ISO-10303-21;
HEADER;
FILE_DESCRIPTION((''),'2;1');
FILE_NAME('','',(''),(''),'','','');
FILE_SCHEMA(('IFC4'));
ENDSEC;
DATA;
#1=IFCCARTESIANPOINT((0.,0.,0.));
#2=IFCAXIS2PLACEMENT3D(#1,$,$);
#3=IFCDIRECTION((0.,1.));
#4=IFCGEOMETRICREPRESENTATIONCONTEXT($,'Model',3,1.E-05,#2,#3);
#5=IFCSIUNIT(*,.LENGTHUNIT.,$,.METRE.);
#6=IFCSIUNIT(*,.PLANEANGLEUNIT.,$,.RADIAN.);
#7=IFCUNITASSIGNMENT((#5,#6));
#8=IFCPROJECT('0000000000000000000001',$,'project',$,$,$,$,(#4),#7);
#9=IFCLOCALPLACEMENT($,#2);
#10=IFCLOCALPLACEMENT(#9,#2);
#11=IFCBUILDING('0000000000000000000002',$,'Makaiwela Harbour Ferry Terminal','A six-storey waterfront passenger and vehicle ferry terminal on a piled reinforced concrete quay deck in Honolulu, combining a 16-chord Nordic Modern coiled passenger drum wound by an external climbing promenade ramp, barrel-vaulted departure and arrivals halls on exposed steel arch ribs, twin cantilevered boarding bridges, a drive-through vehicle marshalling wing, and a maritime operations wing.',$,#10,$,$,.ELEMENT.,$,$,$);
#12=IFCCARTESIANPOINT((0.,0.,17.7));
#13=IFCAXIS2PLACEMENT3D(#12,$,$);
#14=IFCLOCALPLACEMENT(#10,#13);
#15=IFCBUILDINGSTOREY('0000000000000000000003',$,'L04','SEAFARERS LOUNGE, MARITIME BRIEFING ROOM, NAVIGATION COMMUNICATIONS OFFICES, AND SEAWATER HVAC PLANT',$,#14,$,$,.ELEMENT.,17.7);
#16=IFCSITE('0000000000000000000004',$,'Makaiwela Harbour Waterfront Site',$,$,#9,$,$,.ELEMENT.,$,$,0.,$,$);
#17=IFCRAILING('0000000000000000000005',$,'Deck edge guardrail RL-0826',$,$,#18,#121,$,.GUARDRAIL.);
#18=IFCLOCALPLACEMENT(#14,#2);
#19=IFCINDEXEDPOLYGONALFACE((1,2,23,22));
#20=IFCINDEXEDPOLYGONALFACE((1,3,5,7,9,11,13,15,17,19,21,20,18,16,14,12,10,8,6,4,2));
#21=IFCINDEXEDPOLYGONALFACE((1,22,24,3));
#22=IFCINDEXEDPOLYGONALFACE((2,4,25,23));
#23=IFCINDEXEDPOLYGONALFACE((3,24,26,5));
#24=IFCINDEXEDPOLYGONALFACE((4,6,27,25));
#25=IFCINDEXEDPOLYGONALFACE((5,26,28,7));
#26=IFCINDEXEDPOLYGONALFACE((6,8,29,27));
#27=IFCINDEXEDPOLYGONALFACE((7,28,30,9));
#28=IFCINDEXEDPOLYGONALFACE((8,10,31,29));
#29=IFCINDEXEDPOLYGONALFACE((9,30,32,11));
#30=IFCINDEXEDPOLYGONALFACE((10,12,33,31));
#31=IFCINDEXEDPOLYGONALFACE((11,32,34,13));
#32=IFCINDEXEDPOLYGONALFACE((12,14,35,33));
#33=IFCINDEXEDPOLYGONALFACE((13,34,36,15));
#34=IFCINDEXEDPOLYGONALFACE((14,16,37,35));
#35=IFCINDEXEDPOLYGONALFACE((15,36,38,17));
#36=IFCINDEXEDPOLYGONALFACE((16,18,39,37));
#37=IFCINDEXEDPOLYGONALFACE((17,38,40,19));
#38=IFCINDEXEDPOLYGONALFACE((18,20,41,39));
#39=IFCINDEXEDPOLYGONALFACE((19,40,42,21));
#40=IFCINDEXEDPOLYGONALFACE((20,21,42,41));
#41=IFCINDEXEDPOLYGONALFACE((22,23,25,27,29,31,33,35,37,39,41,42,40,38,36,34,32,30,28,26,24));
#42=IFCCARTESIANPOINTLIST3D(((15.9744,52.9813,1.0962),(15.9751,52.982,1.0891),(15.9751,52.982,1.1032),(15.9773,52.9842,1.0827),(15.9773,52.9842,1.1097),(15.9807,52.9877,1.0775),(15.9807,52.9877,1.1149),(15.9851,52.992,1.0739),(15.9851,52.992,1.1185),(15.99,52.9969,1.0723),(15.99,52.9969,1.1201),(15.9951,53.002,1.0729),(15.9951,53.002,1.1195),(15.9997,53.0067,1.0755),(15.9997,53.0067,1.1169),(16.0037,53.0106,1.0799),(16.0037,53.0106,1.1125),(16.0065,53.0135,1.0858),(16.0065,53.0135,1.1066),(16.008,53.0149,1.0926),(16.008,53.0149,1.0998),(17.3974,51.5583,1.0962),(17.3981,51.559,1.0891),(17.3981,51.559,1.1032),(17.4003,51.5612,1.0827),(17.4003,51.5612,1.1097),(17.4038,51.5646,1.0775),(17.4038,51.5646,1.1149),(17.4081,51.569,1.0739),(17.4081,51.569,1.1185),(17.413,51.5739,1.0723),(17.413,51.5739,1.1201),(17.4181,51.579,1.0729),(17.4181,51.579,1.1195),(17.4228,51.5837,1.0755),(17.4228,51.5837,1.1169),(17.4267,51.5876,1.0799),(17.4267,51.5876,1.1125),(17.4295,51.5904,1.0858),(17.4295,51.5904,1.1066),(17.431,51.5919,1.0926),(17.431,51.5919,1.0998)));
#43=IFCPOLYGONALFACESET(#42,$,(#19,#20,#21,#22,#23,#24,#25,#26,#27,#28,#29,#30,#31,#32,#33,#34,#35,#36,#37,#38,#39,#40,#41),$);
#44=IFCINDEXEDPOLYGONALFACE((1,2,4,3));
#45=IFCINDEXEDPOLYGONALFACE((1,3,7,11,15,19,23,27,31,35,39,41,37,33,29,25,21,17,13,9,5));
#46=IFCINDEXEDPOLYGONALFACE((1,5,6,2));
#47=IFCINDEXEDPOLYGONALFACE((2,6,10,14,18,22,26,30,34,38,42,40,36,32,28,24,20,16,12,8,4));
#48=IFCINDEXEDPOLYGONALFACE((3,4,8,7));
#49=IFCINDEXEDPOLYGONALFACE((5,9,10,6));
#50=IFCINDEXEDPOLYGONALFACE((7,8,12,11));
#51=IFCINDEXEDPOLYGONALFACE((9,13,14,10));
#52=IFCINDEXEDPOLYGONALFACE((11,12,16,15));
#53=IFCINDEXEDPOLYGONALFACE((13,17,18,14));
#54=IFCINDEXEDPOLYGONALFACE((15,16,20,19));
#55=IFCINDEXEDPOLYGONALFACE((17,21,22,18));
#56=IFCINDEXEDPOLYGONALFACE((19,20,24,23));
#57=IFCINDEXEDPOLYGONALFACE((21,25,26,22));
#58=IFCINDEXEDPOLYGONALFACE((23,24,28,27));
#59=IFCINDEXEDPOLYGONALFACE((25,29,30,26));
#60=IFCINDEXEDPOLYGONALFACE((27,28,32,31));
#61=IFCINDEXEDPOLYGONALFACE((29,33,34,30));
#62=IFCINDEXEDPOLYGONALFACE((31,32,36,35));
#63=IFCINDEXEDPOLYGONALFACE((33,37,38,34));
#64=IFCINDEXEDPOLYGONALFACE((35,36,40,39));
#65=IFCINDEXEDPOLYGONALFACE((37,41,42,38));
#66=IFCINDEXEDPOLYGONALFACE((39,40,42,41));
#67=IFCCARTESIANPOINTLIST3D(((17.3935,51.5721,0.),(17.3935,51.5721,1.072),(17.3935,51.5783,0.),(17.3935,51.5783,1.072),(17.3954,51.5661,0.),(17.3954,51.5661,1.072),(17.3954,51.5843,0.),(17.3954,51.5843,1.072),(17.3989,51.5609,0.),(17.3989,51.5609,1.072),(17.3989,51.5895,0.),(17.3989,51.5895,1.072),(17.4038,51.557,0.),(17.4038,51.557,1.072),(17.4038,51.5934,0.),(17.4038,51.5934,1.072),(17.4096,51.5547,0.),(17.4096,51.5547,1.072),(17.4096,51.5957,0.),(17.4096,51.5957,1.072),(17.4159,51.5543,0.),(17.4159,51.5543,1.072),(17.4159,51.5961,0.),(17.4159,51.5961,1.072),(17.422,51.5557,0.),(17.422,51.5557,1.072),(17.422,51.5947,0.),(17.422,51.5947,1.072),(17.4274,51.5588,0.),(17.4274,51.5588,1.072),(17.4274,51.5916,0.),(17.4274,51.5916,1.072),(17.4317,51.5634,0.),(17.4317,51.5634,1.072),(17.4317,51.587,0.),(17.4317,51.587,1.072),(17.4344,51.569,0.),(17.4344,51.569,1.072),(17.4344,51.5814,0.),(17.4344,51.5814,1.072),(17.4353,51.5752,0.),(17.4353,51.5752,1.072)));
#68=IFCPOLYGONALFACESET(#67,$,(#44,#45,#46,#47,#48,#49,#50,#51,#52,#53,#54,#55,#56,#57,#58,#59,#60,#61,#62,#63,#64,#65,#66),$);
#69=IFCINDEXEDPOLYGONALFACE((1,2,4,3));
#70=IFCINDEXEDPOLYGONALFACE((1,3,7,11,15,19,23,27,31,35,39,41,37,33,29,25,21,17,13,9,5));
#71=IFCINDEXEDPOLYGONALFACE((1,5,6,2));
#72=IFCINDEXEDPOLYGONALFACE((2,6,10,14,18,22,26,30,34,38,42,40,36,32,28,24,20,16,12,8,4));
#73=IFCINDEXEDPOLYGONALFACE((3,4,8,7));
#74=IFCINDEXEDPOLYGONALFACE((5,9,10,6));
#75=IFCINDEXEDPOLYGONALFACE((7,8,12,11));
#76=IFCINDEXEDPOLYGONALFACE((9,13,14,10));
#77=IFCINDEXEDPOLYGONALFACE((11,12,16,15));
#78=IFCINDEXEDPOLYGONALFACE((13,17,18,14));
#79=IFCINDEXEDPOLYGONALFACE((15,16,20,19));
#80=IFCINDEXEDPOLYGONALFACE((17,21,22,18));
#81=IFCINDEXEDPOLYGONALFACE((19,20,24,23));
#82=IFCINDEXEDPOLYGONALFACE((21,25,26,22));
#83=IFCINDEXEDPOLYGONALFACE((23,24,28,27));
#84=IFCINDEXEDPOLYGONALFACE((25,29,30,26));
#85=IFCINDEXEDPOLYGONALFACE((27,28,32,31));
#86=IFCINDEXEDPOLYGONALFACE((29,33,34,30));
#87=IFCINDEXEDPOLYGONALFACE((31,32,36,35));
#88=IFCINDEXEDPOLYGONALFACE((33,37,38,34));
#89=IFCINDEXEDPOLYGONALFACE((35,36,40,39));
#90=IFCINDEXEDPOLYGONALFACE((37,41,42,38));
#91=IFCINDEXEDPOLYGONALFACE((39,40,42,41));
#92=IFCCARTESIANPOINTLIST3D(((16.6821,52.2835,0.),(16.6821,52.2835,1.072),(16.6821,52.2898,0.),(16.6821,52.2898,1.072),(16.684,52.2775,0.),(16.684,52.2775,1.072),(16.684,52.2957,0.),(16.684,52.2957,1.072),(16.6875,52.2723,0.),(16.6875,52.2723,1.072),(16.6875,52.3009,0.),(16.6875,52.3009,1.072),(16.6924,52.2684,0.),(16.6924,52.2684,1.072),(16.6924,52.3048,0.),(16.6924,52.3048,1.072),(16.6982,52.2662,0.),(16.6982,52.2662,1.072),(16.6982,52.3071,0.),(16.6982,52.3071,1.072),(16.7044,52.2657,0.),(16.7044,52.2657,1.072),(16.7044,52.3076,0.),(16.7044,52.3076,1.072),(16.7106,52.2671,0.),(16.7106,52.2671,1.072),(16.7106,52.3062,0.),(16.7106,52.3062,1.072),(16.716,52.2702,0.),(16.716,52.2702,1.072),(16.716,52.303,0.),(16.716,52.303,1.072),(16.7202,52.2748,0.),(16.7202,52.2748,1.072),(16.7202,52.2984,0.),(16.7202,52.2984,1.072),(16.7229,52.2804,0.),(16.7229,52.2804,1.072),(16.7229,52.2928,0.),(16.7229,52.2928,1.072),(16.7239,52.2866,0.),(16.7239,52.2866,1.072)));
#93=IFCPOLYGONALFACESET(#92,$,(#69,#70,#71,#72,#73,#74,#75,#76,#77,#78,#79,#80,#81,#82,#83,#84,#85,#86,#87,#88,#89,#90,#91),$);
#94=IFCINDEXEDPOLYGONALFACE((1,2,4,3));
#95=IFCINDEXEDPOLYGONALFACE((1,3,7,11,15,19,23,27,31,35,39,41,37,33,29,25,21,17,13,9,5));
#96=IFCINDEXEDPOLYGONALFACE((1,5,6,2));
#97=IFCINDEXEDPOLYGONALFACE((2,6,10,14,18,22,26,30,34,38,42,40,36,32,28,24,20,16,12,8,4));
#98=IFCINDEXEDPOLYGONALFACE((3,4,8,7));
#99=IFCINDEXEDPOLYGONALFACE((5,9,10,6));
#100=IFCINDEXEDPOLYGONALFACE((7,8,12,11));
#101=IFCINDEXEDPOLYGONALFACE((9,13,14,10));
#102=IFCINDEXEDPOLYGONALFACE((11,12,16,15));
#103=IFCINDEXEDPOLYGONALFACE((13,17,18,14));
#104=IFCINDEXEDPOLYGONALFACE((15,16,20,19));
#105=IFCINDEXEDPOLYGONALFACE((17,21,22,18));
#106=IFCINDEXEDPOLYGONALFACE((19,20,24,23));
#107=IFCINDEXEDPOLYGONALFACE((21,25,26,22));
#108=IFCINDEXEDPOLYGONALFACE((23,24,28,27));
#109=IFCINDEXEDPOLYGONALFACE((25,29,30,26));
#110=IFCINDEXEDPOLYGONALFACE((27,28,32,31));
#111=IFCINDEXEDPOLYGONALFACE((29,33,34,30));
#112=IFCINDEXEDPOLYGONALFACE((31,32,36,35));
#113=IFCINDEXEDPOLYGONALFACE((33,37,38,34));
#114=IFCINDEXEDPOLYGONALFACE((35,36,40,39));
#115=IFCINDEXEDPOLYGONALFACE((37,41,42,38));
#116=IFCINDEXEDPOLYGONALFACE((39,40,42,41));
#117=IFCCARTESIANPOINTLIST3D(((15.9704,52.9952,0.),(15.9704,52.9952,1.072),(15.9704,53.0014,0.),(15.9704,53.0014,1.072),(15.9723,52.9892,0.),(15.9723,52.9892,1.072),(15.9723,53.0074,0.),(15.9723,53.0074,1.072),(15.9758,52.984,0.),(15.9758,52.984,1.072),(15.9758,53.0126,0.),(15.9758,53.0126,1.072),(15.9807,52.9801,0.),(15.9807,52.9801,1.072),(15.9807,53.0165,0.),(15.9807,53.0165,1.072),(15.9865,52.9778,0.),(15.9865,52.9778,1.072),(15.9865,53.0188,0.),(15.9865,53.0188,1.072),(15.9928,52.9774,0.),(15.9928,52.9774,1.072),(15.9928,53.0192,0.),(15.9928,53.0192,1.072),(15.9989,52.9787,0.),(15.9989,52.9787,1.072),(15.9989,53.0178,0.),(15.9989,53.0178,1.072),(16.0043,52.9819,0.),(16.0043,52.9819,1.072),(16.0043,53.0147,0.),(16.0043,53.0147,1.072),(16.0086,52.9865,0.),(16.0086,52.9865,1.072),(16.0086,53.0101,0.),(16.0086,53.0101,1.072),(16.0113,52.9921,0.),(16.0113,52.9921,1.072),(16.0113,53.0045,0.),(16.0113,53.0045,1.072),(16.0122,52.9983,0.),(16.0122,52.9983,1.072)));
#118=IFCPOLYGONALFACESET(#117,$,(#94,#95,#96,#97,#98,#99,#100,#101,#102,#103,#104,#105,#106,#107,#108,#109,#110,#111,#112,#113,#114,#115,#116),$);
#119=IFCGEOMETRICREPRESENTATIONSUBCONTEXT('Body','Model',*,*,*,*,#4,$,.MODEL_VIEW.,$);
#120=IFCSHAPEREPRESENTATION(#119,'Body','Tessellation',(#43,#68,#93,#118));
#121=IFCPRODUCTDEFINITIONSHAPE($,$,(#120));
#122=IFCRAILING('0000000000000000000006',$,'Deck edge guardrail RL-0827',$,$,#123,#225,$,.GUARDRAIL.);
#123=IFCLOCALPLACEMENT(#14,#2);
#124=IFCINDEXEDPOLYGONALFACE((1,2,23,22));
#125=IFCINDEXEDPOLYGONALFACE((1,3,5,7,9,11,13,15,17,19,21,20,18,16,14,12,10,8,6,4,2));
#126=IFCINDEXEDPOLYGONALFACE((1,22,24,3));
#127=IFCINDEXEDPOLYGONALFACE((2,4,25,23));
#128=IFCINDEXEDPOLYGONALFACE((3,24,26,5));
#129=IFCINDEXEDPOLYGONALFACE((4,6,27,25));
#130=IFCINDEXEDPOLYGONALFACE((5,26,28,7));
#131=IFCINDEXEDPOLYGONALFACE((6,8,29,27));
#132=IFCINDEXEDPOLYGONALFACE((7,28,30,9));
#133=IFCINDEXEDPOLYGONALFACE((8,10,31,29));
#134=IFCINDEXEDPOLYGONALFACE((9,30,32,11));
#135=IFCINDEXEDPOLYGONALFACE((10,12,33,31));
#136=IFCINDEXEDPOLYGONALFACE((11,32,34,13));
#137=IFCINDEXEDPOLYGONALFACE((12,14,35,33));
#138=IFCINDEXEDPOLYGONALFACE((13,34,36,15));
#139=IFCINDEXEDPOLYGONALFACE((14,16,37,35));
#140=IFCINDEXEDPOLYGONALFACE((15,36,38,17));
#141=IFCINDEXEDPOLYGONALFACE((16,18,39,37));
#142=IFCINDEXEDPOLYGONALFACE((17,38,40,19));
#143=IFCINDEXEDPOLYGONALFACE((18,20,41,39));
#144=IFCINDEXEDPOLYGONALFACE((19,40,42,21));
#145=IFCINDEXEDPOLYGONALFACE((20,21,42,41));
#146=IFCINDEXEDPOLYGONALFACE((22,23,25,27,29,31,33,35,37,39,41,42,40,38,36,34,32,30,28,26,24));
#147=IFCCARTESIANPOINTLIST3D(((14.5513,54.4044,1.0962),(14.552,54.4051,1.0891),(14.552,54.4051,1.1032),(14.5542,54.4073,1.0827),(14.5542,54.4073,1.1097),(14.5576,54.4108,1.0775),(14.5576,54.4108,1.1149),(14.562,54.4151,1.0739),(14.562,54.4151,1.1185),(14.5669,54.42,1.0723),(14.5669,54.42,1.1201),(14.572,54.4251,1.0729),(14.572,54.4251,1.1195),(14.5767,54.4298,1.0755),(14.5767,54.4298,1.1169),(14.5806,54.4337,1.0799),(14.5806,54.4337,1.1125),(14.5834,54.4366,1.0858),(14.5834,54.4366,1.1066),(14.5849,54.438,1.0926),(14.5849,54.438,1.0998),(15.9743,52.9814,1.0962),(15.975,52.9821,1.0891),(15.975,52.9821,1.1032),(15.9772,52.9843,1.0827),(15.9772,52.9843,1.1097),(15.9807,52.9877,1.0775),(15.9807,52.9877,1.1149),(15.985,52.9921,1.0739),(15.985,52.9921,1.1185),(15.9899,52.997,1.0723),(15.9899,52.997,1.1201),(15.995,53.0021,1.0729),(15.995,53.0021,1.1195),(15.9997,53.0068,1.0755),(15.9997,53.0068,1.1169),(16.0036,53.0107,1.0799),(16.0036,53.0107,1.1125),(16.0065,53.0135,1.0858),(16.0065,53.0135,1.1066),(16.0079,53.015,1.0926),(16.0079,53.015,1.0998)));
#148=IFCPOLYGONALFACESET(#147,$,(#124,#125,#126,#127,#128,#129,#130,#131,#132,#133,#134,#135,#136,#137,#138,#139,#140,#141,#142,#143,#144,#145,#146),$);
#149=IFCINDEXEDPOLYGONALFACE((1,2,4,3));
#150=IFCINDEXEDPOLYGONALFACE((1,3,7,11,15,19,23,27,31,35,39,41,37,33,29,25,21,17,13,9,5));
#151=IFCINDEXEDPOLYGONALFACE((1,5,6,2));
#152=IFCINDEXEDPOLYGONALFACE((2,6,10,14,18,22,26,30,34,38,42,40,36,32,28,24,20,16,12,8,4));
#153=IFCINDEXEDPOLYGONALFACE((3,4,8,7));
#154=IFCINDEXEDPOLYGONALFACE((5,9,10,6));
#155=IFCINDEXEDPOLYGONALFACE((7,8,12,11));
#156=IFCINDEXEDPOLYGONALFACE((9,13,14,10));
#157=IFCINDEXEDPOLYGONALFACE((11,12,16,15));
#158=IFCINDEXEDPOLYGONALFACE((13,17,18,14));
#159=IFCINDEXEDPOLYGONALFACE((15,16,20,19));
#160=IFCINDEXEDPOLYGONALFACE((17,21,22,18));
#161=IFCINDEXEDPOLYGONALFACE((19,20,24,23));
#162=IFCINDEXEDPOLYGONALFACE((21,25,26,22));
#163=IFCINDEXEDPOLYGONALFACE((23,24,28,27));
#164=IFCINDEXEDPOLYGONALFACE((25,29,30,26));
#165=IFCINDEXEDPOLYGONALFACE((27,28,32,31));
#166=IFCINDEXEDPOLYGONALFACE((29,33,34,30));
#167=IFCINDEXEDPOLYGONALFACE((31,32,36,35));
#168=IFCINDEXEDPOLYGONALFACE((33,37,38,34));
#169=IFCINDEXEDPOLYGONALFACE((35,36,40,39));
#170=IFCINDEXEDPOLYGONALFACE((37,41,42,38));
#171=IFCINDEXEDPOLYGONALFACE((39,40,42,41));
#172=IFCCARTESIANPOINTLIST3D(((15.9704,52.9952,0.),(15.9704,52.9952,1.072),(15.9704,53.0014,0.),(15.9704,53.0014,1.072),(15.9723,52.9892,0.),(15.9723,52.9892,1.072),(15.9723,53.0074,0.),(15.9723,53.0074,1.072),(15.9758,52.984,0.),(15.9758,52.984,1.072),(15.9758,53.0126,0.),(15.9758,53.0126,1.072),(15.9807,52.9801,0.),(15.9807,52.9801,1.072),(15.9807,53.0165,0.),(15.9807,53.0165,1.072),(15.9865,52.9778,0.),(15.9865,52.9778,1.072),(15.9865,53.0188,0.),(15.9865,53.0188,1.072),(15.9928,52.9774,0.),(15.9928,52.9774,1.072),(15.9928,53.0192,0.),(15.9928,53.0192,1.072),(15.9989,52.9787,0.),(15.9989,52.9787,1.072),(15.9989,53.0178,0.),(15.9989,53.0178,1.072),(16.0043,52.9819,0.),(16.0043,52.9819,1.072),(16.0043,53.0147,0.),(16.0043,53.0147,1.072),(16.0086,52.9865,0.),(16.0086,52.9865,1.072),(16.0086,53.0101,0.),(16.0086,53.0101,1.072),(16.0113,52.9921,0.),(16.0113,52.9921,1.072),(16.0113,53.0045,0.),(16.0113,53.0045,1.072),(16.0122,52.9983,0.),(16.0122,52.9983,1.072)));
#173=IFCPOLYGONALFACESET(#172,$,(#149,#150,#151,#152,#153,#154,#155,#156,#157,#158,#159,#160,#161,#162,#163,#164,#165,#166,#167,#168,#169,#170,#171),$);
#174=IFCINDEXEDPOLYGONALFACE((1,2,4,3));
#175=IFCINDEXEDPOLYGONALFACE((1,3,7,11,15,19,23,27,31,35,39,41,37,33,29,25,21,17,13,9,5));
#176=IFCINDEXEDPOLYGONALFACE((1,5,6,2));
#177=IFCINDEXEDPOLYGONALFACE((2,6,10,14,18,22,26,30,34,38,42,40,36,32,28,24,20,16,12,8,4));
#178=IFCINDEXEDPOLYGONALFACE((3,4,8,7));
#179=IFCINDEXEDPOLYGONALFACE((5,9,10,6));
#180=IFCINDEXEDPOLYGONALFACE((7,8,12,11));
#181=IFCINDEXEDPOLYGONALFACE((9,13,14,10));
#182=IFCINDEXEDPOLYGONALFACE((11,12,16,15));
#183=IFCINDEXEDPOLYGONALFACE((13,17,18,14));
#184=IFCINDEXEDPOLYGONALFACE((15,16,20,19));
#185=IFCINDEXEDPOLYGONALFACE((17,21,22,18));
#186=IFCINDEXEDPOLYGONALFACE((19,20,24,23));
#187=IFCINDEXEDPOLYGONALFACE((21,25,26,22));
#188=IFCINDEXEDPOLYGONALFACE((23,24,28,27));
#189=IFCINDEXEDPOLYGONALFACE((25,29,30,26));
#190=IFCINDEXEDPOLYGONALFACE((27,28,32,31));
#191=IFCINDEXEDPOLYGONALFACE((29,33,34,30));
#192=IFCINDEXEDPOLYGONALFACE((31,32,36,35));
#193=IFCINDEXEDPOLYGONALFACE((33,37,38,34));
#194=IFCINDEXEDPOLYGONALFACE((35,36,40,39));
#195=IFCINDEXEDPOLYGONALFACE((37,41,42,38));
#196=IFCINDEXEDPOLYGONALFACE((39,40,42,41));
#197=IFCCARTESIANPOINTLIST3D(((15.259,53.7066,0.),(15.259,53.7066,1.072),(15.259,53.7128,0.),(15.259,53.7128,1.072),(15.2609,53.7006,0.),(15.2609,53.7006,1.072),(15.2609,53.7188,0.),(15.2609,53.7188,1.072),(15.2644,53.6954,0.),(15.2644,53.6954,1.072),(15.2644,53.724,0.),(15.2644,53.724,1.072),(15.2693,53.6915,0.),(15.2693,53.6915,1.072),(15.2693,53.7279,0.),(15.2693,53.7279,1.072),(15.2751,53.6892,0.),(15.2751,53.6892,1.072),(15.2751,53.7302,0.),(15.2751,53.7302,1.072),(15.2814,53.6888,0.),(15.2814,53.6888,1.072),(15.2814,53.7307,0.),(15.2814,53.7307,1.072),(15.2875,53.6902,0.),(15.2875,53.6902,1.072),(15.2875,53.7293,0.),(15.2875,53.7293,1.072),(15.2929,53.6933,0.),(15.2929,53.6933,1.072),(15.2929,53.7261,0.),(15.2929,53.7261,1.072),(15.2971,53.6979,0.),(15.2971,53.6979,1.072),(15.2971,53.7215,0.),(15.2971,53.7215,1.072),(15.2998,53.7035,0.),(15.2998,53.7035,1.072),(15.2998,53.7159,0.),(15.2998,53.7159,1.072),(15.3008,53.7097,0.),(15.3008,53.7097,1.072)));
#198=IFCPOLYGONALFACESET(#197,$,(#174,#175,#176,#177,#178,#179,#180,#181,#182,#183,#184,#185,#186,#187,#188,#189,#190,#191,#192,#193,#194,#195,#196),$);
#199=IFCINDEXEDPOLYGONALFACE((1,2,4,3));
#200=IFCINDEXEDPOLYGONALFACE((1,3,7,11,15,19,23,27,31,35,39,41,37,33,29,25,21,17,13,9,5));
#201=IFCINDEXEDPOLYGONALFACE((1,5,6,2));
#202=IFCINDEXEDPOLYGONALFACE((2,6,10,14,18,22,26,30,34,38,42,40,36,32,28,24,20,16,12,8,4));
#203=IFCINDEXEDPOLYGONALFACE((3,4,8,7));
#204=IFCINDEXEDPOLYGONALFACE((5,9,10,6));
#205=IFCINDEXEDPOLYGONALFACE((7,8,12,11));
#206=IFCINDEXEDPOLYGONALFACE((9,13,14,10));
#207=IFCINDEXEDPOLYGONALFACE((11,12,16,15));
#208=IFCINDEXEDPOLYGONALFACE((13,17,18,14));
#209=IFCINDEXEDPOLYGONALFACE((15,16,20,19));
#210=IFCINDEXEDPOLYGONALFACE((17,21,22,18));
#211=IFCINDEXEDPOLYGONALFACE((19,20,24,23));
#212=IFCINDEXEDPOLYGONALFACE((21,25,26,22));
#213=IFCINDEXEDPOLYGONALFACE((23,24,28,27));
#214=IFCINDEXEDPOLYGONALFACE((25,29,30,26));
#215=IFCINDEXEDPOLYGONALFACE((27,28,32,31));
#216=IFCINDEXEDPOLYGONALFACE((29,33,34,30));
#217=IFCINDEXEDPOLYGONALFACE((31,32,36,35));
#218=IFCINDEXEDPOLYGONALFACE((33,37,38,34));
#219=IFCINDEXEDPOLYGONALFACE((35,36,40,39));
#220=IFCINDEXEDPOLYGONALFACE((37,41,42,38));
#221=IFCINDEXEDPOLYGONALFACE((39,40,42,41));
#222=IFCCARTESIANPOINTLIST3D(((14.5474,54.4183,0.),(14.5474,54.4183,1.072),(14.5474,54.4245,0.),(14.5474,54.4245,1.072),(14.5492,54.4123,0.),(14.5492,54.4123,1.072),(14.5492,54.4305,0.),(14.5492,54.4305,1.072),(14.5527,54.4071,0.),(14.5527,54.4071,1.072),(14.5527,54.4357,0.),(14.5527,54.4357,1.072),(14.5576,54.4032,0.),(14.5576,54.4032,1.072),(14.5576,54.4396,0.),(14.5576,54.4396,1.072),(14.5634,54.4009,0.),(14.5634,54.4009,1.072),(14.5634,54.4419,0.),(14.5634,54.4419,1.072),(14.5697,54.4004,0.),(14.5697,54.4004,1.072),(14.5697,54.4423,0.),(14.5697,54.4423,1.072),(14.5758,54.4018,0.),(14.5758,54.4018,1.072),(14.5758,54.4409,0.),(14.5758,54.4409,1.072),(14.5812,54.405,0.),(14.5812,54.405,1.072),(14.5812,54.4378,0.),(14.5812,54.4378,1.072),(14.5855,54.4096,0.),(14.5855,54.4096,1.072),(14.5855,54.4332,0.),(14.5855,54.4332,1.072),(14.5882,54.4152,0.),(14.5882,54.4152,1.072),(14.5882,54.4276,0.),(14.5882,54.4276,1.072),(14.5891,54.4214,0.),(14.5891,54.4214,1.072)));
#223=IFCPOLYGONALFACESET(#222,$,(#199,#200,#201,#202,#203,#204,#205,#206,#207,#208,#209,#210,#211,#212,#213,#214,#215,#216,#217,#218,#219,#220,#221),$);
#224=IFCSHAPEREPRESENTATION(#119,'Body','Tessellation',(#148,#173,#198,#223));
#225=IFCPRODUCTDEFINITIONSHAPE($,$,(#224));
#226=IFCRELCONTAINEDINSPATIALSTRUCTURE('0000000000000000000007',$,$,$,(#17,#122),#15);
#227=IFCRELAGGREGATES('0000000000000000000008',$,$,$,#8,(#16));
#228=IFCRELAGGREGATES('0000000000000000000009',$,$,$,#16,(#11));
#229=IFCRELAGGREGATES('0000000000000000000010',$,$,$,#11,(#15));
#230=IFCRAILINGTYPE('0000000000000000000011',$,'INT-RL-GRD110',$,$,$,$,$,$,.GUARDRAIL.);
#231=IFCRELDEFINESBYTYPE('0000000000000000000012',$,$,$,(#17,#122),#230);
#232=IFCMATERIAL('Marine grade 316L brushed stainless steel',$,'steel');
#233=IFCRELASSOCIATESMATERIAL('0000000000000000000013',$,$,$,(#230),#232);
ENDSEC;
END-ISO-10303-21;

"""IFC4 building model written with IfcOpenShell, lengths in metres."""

from ifc_helpers import new_model, si_unit, direction, frame, origin, origin_2d, place, context, subcontext, project, spatial, circle, extrude, material, type_object, element, save


model = new_model("IFC4")

# Units and contexts
model_context = context("Model", 3, precision=1e-05, world=origin(), true_north=direction((0.0, 1.0)))
body_context = subcontext(model_context, "Body", "Model", "MODEL_VIEW")
ifc_project = project(units=[si_unit("LENGTHUNIT", "METRE"), si_unit("PLANEANGLEUNIT", "RADIAN")], contexts=[model_context])

# Site, building, storey
site_placement = place(None, origin())
site = spatial("IfcSite", under=ifc_project, at=site_placement, Name="Makaiwela Harbour Waterfront Site", CompositionType="ELEMENT", RefElevation=0.0)
building_placement = place(site_placement, origin())
building = spatial("IfcBuilding", under=site, at=building_placement, Name="Makaiwela Harbour Ferry Terminal", Description="A six-storey waterfront passenger and vehicle ferry terminal on a piled reinforced concrete quay deck in Honolulu, combining a 16-chord Nordic Modern coiled passenger drum wound by an external climbing promenade ramp, barrel-vaulted departure and arrivals halls on exposed steel arch ribs, twin cantilevered boarding bridges, a drive-through vehicle marshalling wing, and a maritime operations wing.", CompositionType="ELEMENT")
storey_placement = place(building_placement, frame((0.0, 0.0, 17.7)))
storey = spatial("IfcBuildingStorey", under=building, at=storey_placement, Name="L04", Description="SEAFARERS LOUNGE, MARITIME BRIEFING ROOM, NAVIGATION COMMUNICATIONS OFFICES, AND SEAWATER HVAC PLANT", CompositionType="ELEMENT", Elevation=17.7)

# Railings
ifc_material_1 = material(Name="Marine grade 316L brushed stainless steel", Category="steel")
railing_type = type_object("IfcRailingType", Name="INT-RL-GRD110", PredefinedType="GUARDRAIL", material=ifc_material_1)
for number, where, name in (
    (1, (17.4143, 51.5752, 0.0), "Deck edge guardrail RL-0826"),
    (2, (15.9912, 52.9983, 0.0), "Deck edge guardrail RL-0827"),
):
    element("IfcRailing", number, at=place(storey_placement, frame(where)), inside=storey, type_object=railing_type, Name=name, PredefinedType="GUARDRAIL", context=body_context, shape_type="SweptSolid", body=[
        extrude(circle(Radius=0.0239, at=origin_2d()), frame((0.0, 0.0, 1.0962), z_axis=(-0.707107, 0.707107, 0.0), x_axis=(-0.707107, -0.707107, 0.0)), (0.0, 0.0, 1.0), 2.0125),
        extrude(circle(Radius=0.021, at=origin_2d()), origin(), (0.0, 0.0, 1.0), 1.072),
        extrude(circle(Radius=0.021, at=origin_2d()), frame((-0.7114, 0.7114, 0.0)), (0.0, 0.0, 1.0), 1.072),
        extrude(circle(Radius=0.021, at=origin_2d()), frame((-1.4231, 1.4231, 0.0)), (0.0, 0.0, 1.0), 1.072),
    ])

save(model, "model.ifc")
